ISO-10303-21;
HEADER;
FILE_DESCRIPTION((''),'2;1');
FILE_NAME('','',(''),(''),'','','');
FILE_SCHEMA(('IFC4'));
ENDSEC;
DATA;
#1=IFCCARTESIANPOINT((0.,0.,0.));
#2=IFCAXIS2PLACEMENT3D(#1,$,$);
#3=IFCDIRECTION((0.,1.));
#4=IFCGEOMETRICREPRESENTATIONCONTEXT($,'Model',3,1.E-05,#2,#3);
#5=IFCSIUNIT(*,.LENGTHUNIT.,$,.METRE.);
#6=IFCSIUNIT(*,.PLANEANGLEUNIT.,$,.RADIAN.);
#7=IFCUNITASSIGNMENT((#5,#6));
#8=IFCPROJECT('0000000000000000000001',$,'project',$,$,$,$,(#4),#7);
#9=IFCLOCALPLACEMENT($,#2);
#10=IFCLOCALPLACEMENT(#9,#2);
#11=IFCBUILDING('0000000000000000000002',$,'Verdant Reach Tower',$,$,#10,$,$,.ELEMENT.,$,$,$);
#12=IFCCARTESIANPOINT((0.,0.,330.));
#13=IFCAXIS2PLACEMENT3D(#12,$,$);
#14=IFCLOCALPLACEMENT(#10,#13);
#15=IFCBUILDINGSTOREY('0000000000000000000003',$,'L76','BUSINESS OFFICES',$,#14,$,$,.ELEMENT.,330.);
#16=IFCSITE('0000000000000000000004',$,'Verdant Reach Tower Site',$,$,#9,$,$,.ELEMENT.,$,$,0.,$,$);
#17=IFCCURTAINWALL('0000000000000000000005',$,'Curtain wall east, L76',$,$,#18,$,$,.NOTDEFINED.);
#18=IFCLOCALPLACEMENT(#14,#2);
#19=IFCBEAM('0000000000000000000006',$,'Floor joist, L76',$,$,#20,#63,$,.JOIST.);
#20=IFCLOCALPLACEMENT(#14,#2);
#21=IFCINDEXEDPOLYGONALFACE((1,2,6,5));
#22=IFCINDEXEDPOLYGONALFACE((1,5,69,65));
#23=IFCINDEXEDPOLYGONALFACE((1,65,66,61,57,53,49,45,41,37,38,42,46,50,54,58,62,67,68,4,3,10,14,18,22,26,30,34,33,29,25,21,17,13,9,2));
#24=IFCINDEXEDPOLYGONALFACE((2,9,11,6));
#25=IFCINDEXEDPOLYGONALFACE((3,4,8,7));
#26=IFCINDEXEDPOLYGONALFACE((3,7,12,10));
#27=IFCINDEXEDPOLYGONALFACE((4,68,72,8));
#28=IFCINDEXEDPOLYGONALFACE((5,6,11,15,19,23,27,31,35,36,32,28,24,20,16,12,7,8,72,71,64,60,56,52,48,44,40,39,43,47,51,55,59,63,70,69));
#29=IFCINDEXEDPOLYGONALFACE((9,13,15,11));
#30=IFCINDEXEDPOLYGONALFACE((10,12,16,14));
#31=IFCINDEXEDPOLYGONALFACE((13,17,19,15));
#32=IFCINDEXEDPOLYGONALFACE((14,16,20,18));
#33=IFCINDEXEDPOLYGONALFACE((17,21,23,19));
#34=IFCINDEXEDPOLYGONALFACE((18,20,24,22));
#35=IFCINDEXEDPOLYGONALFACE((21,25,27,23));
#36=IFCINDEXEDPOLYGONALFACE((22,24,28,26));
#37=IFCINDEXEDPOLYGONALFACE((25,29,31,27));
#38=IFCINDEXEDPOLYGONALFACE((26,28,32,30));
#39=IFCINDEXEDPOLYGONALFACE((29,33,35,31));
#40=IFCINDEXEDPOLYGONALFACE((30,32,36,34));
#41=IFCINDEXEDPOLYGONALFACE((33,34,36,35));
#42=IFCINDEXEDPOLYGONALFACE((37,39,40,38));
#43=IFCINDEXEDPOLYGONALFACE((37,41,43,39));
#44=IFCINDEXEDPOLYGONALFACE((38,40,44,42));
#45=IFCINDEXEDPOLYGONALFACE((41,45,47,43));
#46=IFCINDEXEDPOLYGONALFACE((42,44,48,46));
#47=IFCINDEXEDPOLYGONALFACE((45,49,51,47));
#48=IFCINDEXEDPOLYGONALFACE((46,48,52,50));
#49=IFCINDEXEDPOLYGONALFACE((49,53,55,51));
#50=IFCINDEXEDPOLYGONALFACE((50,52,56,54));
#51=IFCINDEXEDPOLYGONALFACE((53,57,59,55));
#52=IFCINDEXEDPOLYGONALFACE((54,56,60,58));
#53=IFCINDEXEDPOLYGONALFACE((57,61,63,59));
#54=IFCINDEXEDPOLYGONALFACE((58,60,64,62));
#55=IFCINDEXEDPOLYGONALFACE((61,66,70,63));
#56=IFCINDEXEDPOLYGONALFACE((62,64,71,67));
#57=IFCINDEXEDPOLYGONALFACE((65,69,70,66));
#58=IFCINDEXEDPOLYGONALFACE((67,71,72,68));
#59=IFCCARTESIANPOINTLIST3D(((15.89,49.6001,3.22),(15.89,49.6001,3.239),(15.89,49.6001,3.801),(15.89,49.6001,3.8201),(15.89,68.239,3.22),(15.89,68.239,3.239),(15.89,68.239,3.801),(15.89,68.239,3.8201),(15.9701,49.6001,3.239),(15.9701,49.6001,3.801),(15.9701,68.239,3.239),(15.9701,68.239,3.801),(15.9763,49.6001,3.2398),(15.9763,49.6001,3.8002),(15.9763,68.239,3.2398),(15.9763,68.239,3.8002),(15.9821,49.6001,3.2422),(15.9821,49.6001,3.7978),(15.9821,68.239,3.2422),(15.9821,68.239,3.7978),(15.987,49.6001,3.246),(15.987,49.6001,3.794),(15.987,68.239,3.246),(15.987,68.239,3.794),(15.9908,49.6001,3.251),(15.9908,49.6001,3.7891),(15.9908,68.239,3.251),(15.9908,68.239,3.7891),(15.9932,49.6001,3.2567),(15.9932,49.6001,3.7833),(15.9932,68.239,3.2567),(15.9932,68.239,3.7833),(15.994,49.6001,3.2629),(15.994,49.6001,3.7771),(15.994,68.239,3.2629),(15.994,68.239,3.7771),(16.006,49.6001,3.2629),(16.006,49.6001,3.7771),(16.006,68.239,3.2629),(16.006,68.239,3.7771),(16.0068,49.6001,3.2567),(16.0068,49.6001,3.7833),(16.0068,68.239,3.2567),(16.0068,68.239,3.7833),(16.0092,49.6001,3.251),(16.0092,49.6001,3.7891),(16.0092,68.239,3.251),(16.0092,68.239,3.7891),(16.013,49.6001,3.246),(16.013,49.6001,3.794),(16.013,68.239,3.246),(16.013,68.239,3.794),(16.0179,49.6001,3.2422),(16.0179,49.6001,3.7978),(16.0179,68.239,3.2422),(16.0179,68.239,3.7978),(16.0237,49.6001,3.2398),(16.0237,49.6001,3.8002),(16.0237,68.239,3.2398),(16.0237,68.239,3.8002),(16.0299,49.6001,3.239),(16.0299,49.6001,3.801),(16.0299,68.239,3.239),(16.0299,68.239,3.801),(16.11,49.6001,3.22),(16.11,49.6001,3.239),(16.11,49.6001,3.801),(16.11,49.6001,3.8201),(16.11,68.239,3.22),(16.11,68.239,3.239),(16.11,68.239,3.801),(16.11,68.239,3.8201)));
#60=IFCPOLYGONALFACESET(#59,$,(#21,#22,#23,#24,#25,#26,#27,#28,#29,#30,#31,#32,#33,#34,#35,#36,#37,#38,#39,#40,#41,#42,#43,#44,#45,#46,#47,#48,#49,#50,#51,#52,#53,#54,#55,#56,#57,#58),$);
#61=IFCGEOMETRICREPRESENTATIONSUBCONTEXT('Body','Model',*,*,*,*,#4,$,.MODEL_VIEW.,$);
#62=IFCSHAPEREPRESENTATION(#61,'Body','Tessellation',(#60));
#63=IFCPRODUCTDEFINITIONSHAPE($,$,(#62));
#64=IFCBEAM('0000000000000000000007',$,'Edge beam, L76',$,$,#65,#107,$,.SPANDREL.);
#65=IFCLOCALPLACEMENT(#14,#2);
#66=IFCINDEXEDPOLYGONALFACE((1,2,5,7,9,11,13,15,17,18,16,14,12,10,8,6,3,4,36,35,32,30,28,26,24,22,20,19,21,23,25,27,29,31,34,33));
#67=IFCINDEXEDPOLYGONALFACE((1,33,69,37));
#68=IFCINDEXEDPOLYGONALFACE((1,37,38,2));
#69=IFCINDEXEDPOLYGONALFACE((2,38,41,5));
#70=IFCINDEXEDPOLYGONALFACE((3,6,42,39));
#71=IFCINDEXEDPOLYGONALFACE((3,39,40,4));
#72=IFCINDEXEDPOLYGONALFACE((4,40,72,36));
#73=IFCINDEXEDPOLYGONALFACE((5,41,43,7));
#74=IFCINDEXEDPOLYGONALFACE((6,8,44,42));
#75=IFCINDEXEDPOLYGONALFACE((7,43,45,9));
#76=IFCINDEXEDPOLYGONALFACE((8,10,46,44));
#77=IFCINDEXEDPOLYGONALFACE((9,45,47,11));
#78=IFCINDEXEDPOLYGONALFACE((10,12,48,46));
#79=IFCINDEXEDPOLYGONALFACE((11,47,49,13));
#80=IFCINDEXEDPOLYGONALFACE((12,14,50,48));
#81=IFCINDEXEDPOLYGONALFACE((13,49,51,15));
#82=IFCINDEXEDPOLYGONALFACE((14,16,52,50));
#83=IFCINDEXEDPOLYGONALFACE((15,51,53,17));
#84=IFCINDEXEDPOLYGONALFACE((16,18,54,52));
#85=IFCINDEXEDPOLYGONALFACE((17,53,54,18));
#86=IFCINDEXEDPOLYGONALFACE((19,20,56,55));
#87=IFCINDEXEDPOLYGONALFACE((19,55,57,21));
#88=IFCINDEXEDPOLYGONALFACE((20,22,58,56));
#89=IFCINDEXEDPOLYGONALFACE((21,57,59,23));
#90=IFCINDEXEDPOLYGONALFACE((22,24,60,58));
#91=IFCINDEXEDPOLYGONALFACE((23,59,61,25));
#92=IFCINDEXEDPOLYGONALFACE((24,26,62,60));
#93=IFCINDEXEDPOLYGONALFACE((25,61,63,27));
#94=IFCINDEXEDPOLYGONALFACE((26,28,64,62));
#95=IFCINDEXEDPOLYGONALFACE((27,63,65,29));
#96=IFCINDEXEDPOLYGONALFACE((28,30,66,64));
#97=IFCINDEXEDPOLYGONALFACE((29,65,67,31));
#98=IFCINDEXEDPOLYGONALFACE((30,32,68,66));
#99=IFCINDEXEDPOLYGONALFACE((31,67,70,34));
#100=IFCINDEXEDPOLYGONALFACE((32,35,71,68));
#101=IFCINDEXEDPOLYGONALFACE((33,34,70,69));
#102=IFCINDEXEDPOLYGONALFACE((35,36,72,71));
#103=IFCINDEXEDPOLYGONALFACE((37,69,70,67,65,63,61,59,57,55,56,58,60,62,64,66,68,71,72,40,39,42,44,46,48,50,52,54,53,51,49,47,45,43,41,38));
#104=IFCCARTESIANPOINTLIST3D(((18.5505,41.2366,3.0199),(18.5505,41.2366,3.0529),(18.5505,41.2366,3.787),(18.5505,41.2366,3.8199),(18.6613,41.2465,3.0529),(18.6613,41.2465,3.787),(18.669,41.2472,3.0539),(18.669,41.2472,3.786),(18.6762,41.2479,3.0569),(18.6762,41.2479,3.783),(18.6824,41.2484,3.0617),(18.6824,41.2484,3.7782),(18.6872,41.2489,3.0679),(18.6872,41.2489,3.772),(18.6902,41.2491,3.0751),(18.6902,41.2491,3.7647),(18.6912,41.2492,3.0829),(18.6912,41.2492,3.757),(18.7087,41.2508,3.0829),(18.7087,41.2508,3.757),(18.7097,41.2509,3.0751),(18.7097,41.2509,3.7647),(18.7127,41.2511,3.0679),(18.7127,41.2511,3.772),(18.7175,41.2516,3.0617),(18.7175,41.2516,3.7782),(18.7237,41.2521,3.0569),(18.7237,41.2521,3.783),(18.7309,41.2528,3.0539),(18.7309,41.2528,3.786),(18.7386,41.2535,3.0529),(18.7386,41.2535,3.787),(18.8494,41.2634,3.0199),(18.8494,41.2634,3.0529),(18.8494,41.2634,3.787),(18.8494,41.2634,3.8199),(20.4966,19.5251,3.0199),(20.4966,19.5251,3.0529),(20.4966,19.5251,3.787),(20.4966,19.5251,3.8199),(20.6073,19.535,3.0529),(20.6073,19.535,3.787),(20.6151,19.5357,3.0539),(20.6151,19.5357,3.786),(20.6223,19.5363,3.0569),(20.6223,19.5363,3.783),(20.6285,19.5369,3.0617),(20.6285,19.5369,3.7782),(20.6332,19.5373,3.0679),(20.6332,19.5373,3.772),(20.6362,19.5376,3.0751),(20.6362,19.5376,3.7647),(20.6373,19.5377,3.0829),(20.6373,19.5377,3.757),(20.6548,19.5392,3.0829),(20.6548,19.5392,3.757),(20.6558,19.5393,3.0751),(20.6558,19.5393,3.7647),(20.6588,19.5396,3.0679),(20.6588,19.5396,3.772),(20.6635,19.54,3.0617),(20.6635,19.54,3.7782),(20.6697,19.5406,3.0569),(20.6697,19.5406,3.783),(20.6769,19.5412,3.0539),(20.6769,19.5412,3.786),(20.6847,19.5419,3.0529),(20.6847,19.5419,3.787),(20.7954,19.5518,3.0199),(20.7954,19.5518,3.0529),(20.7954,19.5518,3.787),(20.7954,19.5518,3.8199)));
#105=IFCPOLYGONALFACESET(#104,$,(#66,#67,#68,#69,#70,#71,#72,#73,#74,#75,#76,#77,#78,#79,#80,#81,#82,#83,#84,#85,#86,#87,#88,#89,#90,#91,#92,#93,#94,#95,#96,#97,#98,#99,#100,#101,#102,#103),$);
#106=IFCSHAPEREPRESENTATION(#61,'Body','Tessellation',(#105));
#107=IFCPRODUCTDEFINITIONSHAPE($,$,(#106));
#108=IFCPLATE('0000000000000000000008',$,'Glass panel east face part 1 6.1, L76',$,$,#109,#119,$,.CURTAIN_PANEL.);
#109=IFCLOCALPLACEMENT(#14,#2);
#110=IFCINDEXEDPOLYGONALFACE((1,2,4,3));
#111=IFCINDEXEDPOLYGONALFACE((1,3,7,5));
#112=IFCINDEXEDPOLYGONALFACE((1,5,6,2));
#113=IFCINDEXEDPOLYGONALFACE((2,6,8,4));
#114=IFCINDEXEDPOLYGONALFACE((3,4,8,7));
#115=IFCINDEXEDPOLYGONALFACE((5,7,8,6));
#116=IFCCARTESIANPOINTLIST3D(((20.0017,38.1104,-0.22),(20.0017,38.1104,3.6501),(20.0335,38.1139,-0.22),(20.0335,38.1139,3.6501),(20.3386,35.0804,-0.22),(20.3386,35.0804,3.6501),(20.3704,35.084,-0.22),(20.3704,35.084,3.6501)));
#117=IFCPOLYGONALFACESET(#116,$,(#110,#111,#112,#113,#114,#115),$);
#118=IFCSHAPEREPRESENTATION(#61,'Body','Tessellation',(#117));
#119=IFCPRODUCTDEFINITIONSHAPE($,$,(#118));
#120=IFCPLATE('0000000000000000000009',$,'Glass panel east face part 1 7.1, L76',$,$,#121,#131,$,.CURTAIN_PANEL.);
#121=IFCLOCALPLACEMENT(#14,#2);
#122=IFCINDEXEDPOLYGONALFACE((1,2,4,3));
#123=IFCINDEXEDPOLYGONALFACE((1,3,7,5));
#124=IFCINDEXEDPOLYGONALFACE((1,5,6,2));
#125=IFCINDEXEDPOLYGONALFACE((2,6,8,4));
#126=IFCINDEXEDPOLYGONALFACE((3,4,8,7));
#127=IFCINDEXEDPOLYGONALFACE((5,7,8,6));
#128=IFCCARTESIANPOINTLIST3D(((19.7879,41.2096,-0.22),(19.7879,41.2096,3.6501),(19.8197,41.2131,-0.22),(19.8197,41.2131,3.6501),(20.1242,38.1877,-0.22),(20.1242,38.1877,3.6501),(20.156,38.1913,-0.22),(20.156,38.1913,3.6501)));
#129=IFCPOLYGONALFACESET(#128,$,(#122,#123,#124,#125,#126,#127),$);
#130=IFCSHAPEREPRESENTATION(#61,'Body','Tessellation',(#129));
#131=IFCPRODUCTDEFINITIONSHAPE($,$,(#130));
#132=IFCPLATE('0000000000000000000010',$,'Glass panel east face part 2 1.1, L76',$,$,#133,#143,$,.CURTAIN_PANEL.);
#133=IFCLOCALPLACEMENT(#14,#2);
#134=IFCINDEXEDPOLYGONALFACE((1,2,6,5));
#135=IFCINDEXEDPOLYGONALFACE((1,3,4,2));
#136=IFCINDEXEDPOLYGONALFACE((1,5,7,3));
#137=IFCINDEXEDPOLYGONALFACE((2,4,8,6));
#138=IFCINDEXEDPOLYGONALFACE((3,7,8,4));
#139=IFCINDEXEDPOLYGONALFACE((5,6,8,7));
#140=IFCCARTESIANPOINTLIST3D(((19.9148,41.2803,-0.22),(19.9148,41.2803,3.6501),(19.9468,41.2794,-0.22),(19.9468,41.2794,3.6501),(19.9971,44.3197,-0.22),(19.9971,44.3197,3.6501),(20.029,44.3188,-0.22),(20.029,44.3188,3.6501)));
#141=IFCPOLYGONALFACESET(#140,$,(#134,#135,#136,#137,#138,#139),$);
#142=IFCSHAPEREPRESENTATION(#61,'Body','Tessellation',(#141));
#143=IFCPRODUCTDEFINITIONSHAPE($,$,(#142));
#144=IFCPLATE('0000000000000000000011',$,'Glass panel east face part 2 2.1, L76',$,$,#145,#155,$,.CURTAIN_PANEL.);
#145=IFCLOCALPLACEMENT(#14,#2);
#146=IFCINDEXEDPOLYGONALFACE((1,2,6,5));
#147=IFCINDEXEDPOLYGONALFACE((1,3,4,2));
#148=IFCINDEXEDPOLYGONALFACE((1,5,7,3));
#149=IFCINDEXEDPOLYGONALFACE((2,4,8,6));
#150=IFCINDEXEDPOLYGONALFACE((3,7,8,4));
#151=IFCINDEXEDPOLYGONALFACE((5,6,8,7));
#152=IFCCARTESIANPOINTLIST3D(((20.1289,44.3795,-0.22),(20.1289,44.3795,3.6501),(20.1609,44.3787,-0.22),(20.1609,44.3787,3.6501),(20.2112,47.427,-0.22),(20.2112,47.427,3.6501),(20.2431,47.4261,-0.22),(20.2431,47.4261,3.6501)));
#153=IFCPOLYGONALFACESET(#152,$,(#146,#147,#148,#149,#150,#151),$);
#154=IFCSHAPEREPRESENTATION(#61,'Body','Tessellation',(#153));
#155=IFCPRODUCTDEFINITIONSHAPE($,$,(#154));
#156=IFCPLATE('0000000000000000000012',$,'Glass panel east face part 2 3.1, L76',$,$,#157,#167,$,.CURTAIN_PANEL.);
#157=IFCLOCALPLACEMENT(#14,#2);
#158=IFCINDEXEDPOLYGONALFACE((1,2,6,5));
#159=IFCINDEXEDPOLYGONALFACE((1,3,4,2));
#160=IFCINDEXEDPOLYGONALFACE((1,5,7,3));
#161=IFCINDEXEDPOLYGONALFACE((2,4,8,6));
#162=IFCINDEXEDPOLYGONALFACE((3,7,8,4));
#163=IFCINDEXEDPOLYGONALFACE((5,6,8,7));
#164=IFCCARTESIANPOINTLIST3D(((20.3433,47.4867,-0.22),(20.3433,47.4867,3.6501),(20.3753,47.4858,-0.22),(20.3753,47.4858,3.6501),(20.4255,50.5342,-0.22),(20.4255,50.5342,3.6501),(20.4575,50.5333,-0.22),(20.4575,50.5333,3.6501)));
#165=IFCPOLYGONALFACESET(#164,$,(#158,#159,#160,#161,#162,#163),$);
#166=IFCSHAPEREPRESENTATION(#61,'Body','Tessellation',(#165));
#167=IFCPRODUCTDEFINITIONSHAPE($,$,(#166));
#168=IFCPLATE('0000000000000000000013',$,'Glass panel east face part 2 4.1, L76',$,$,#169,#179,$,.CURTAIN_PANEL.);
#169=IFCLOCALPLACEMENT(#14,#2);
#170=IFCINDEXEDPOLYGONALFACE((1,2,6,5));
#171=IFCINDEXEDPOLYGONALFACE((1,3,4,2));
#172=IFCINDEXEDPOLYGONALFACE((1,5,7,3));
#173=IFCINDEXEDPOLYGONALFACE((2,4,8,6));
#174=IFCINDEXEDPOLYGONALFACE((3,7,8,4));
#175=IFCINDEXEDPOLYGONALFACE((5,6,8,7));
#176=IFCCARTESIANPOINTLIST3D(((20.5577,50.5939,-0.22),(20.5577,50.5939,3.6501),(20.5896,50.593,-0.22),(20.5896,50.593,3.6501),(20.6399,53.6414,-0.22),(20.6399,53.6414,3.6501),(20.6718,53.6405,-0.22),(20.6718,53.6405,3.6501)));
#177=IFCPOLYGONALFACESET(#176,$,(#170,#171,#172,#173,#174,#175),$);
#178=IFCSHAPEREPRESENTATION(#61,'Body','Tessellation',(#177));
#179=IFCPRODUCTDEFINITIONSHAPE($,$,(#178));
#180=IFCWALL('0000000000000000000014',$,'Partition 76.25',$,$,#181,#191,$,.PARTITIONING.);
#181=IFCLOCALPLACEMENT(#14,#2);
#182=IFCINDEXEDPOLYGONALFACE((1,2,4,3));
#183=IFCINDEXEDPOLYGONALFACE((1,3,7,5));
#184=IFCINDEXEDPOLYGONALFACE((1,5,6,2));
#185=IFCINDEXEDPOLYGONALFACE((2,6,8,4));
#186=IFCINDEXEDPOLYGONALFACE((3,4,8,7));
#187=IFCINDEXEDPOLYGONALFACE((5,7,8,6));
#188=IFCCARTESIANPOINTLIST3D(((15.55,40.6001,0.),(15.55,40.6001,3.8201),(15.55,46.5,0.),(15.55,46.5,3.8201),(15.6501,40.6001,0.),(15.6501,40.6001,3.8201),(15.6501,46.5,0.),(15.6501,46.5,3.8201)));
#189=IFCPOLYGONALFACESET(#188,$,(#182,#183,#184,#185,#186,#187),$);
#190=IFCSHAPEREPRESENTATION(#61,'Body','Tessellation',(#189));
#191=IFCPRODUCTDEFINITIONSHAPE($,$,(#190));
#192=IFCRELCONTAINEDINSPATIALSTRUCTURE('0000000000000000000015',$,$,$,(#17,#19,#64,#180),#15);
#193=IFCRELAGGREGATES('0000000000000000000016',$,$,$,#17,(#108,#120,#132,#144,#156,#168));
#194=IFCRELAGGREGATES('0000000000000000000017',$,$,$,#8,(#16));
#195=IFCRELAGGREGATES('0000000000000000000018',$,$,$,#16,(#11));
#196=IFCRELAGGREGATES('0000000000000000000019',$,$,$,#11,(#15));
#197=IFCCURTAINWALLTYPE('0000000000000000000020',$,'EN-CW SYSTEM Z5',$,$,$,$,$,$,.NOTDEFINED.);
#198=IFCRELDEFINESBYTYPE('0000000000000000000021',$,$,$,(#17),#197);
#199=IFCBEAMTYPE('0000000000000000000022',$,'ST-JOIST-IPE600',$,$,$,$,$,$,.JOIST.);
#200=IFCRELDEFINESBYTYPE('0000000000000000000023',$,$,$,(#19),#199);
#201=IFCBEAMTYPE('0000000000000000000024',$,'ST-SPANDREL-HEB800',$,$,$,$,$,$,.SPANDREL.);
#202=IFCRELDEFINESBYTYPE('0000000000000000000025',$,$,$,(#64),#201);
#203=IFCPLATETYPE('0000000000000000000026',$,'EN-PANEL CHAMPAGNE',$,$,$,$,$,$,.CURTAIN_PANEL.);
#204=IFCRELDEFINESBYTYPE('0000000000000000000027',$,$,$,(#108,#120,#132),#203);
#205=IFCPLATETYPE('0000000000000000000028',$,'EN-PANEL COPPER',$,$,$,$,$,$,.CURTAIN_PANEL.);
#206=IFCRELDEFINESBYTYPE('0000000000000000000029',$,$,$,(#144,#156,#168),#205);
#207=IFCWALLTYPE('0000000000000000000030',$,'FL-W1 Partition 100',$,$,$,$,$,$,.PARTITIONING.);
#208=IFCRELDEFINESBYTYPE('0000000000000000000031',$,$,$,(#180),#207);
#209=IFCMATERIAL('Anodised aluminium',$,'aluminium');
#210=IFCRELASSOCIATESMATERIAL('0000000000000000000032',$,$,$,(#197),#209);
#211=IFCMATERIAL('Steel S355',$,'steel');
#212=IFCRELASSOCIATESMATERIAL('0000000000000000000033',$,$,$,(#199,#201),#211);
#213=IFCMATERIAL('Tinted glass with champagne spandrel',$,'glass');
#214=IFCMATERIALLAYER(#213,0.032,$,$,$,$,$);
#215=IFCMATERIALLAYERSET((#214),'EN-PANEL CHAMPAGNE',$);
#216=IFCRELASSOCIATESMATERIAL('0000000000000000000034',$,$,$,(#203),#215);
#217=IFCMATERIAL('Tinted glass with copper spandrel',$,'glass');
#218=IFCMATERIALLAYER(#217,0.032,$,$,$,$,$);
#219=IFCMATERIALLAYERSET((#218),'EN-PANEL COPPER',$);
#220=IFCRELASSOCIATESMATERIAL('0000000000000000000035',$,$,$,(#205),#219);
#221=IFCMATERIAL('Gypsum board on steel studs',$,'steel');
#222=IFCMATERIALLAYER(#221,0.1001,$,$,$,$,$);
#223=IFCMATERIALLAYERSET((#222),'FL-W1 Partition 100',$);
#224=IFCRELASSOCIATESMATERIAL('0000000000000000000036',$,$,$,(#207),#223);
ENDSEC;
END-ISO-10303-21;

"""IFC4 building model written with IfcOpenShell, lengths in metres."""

from ifc_helpers import new_model, si_unit, direction, frame, frame_2d, origin, origin_2d, place, context, subcontext, project, spatial, rectangle, i_section, extrude, material, layer, layer_set, material_profile, profile_set, type_object, element, aggregate, save


model = new_model("IFC4")

# Units and contexts
model_context = context("Model", 3, precision=1e-05, world=origin(), true_north=direction((0.0, 1.0)))
body_context = subcontext(model_context, "Body", "Model", "MODEL_VIEW")
ifc_project = project(units=[si_unit("LENGTHUNIT", "METRE"), si_unit("PLANEANGLEUNIT", "RADIAN")], contexts=[model_context])

# Site, building, storey
site_placement = place(None, origin())
site = spatial("IfcSite", under=ifc_project, at=site_placement, Name="Verdant Reach Tower Site", CompositionType="ELEMENT", RefElevation=0.0)
building_placement = place(site_placement, origin())
building = spatial("IfcBuilding", under=site, at=building_placement, Name="Verdant Reach Tower", CompositionType="ELEMENT")
storey_placement = place(building_placement, frame((0.0, 0.0, 330.0)))
storey = spatial("IfcBuildingStorey", under=building, at=storey_placement, Name="L76", Description="BUSINESS OFFICES", CompositionType="ELEMENT", Elevation=330.0)

# Curtain wall
ifc_material_1 = material(Name="Anodised aluminium", Category="aluminium")
curtain_wall_type = type_object("IfcCurtainWallType", Name="EN-CW SYSTEM Z5", PredefinedType="NOTDEFINED", material=ifc_material_1)
curtain_wall_placement = place(storey_placement, origin())
curtain_wall = element("IfcCurtainWall", 1, at=curtain_wall_placement, inside=storey, type_object=curtain_wall_type, Name="Curtain wall east, L76", PredefinedType="NOTDEFINED")

# Beams
ifc_material_2 = material(Name="Steel S355", Category="steel")
ifc_material_profile_1 = material_profile(ifc_material_2, i_section(OverallWidth=0.22, OverallDepth=0.6001, WebThickness=0.012, FlangeThickness=0.019, FilletRadius=0.0239, at=origin_2d()), Name="IPE 600")
ifc_profile_set_1 = profile_set([ifc_material_profile_1], Name="Steel S355")
beam_type_1 = type_object("IfcBeamType", Name="ST-JOIST-IPE600", PredefinedType="JOIST", material=ifc_profile_set_1)
beam_1_placement = place(storey_placement, frame((16.0, 49.6001, 3.52), z_axis=(0.0, 1.0, 0.0), x_axis=(-1.0, 0.0, 0.0)))
element("IfcBeam", 2, at=beam_1_placement, inside=storey, type_object=beam_type_1, Name="Floor joist, L76", PredefinedType="JOIST", context=body_context, shape_type="SweptSolid", body=[
    extrude(i_section(OverallWidth=0.22, OverallDepth=0.6001, WebThickness=0.012, FlangeThickness=0.019, FilletRadius=0.0239, at=origin_2d()), origin(), (0.0, 0.0, 1.0), 18.6389),
])
ifc_material_profile_2 = material_profile(ifc_material_2, i_section(OverallWidth=0.3, OverallDepth=0.8, WebThickness=0.0176, FlangeThickness=0.033, FilletRadius=0.03, at=origin_2d()), Name="HEB 800")
ifc_profile_set_2 = profile_set([ifc_material_profile_2], Name="Steel S355")
beam_type_2 = type_object("IfcBeamType", Name="ST-SPANDREL-HEB800", PredefinedType="SPANDREL", material=ifc_profile_set_2)
beam_2_placement = place(storey_placement, frame((18.7, 41.25, 3.4199), z_axis=(0.089274, -0.996007, 0.0), x_axis=(0.996007, 0.089274, 0.0)))
element("IfcBeam", 3, at=beam_2_placement, inside=storey, type_object=beam_type_2, Name="Edge beam, L76", PredefinedType="SPANDREL", context=body_context, shape_type="SweptSolid", body=[
    extrude(i_section(OverallWidth=0.3, OverallDepth=0.8, WebThickness=0.0176, FlangeThickness=0.033, FilletRadius=0.03, at=origin_2d()), origin(), (0.0, 0.0, 1.0), 21.7986),
])

# Plates
ifc_material_3 = material(Name="Tinted glass with champagne spandrel", Category="glass")
ifc_layer_1 = layer(ifc_material_3, 0.032)
ifc_layer_set_1 = layer_set([ifc_layer_1], Name="EN-PANEL CHAMPAGNE")
plate_type_1 = type_object("IfcPlateType", Name="EN-PANEL CHAMPAGNE", PredefinedType="CURTAIN_PANEL", material=ifc_layer_set_1)
plate_1_placement = place(storey_placement, frame((20.186, 36.5972, -0.22), z_axis=(0.0, 0.0, 1.0), x_axis=(-0.110518, 0.993874, 0.0)))
plate_1 = element("IfcPlate", 4, at=plate_1_placement, type_object=plate_type_1, Name="Glass panel east face part 1 6.1, L76", PredefinedType="CURTAIN_PANEL", context=body_context, shape_type="SweptSolid", body=[
    extrude(rectangle(XDim=3.0486, YDim=0.032, at=origin_2d()), origin(), (0.0, 0.0, 1.0), 3.8701),
])
plate_2_placement = place(storey_placement, frame((19.9719, 39.7004, -0.22), z_axis=(0.0, 0.0, 1.0), x_axis=(-0.110605, 0.993864, 0.0)))
plate_2 = element("IfcPlate", 5, at=plate_2_placement, type_object=plate_type_1, Name="Glass panel east face part 1 7.1, L76", PredefinedType="CURTAIN_PANEL", context=body_context, shape_type="SweptSolid", body=[
    extrude(rectangle(XDim=3.0405, YDim=0.032, at=origin_2d()), origin(), (0.0, 0.0, 1.0), 3.8701),
])
plate_3_placement = place(storey_placement, frame((19.9719, 42.7996, -0.22), z_axis=(0.0, 0.0, 1.0), x_axis=(0.027053, 0.999634, 0.0)))
plate_3 = element("IfcPlate", 6, at=plate_3_placement, type_object=plate_type_1, Name="Glass panel east face part 2 1.1, L76", PredefinedType="CURTAIN_PANEL", context=body_context, shape_type="SweptSolid", body=[
    extrude(rectangle(XDim=3.0405, YDim=0.032, at=origin_2d()), origin(), (0.0, 0.0, 1.0), 3.8701),
])
ifc_material_4 = material(Name="Tinted glass with copper spandrel", Category="glass")
ifc_layer_2 = layer(ifc_material_4, 0.032)
ifc_layer_set_2 = layer_set([ifc_layer_2], Name="EN-PANEL COPPER")
plate_type_2 = type_object("IfcPlateType", Name="EN-PANEL COPPER", PredefinedType="CURTAIN_PANEL", material=ifc_layer_set_2)
plate_4_placement = place(storey_placement, frame((20.186, 45.9028, -0.22), z_axis=(0.0, 0.0, 1.0), x_axis=(0.026965, 0.999636, 0.0)))
plate_4 = element("IfcPlate", 7, at=plate_4_placement, type_object=plate_type_2, Name="Glass panel east face part 2 2.1, L76", PredefinedType="CURTAIN_PANEL", context=body_context, shape_type="SweptSolid", body=[
    extrude(rectangle(XDim=3.0486, YDim=0.032, at=origin_2d()), origin(), (0.0, 0.0, 1.0), 3.8701),
])
plate_5_placement = place(storey_placement, frame((20.4004, 49.01, -0.22), z_axis=(0.0, 0.0, 1.0), x_axis=(0.026965, 0.999636, 0.0)))
plate_5 = element("IfcPlate", 8, at=plate_5_placement, type_object=plate_type_2, Name="Glass panel east face part 2 3.1, L76", PredefinedType="CURTAIN_PANEL", context=body_context, shape_type="SweptSolid", body=[
    extrude(rectangle(XDim=3.0486, YDim=0.032, at=origin_2d()), origin(), (0.0, 0.0, 1.0), 3.8701),
])
plate_6_placement = place(storey_placement, frame((20.6147, 52.1172, -0.22), z_axis=(0.0, 0.0, 1.0), x_axis=(0.026965, 0.999636, 0.0)))
plate_6 = element("IfcPlate", 9, at=plate_6_placement, type_object=plate_type_2, Name="Glass panel east face part 2 4.1, L76", PredefinedType="CURTAIN_PANEL", context=body_context, shape_type="SweptSolid", body=[
    extrude(rectangle(XDim=3.0486, YDim=0.032, at=origin_2d()), origin(), (0.0, 0.0, 1.0), 3.8701),
])
aggregate(curtain_wall, [plate_1, plate_2, plate_3, plate_4, plate_5, plate_6])

# Wall
ifc_material_5 = material(Name="Gypsum board on steel studs", Category="steel")
ifc_layer_3 = layer(ifc_material_5, 0.1001)
ifc_layer_set_3 = layer_set([ifc_layer_3], Name="FL-W1 Partition 100")
wall_type = type_object("IfcWallType", Name="FL-W1 Partition 100", PredefinedType="PARTITIONING", material=ifc_layer_set_3)
wall_1_placement = place(storey_placement, frame((15.6001, 46.5, 0.0), z_axis=(0.0, 0.0, 1.0), x_axis=(0.0, -1.0, 0.0)))
element("IfcWall", 10, at=wall_1_placement, inside=storey, type_object=wall_type, Name="Partition 76.25", PredefinedType="PARTITIONING", context=body_context, shape_type="SweptSolid", body=[
    extrude(rectangle(XDim=5.8999, YDim=0.1001, at=frame_2d((2.95, 0.0))), origin(), (0.0, 0.0, 1.0), 3.8201),
])

save(model, "model.ifc")
